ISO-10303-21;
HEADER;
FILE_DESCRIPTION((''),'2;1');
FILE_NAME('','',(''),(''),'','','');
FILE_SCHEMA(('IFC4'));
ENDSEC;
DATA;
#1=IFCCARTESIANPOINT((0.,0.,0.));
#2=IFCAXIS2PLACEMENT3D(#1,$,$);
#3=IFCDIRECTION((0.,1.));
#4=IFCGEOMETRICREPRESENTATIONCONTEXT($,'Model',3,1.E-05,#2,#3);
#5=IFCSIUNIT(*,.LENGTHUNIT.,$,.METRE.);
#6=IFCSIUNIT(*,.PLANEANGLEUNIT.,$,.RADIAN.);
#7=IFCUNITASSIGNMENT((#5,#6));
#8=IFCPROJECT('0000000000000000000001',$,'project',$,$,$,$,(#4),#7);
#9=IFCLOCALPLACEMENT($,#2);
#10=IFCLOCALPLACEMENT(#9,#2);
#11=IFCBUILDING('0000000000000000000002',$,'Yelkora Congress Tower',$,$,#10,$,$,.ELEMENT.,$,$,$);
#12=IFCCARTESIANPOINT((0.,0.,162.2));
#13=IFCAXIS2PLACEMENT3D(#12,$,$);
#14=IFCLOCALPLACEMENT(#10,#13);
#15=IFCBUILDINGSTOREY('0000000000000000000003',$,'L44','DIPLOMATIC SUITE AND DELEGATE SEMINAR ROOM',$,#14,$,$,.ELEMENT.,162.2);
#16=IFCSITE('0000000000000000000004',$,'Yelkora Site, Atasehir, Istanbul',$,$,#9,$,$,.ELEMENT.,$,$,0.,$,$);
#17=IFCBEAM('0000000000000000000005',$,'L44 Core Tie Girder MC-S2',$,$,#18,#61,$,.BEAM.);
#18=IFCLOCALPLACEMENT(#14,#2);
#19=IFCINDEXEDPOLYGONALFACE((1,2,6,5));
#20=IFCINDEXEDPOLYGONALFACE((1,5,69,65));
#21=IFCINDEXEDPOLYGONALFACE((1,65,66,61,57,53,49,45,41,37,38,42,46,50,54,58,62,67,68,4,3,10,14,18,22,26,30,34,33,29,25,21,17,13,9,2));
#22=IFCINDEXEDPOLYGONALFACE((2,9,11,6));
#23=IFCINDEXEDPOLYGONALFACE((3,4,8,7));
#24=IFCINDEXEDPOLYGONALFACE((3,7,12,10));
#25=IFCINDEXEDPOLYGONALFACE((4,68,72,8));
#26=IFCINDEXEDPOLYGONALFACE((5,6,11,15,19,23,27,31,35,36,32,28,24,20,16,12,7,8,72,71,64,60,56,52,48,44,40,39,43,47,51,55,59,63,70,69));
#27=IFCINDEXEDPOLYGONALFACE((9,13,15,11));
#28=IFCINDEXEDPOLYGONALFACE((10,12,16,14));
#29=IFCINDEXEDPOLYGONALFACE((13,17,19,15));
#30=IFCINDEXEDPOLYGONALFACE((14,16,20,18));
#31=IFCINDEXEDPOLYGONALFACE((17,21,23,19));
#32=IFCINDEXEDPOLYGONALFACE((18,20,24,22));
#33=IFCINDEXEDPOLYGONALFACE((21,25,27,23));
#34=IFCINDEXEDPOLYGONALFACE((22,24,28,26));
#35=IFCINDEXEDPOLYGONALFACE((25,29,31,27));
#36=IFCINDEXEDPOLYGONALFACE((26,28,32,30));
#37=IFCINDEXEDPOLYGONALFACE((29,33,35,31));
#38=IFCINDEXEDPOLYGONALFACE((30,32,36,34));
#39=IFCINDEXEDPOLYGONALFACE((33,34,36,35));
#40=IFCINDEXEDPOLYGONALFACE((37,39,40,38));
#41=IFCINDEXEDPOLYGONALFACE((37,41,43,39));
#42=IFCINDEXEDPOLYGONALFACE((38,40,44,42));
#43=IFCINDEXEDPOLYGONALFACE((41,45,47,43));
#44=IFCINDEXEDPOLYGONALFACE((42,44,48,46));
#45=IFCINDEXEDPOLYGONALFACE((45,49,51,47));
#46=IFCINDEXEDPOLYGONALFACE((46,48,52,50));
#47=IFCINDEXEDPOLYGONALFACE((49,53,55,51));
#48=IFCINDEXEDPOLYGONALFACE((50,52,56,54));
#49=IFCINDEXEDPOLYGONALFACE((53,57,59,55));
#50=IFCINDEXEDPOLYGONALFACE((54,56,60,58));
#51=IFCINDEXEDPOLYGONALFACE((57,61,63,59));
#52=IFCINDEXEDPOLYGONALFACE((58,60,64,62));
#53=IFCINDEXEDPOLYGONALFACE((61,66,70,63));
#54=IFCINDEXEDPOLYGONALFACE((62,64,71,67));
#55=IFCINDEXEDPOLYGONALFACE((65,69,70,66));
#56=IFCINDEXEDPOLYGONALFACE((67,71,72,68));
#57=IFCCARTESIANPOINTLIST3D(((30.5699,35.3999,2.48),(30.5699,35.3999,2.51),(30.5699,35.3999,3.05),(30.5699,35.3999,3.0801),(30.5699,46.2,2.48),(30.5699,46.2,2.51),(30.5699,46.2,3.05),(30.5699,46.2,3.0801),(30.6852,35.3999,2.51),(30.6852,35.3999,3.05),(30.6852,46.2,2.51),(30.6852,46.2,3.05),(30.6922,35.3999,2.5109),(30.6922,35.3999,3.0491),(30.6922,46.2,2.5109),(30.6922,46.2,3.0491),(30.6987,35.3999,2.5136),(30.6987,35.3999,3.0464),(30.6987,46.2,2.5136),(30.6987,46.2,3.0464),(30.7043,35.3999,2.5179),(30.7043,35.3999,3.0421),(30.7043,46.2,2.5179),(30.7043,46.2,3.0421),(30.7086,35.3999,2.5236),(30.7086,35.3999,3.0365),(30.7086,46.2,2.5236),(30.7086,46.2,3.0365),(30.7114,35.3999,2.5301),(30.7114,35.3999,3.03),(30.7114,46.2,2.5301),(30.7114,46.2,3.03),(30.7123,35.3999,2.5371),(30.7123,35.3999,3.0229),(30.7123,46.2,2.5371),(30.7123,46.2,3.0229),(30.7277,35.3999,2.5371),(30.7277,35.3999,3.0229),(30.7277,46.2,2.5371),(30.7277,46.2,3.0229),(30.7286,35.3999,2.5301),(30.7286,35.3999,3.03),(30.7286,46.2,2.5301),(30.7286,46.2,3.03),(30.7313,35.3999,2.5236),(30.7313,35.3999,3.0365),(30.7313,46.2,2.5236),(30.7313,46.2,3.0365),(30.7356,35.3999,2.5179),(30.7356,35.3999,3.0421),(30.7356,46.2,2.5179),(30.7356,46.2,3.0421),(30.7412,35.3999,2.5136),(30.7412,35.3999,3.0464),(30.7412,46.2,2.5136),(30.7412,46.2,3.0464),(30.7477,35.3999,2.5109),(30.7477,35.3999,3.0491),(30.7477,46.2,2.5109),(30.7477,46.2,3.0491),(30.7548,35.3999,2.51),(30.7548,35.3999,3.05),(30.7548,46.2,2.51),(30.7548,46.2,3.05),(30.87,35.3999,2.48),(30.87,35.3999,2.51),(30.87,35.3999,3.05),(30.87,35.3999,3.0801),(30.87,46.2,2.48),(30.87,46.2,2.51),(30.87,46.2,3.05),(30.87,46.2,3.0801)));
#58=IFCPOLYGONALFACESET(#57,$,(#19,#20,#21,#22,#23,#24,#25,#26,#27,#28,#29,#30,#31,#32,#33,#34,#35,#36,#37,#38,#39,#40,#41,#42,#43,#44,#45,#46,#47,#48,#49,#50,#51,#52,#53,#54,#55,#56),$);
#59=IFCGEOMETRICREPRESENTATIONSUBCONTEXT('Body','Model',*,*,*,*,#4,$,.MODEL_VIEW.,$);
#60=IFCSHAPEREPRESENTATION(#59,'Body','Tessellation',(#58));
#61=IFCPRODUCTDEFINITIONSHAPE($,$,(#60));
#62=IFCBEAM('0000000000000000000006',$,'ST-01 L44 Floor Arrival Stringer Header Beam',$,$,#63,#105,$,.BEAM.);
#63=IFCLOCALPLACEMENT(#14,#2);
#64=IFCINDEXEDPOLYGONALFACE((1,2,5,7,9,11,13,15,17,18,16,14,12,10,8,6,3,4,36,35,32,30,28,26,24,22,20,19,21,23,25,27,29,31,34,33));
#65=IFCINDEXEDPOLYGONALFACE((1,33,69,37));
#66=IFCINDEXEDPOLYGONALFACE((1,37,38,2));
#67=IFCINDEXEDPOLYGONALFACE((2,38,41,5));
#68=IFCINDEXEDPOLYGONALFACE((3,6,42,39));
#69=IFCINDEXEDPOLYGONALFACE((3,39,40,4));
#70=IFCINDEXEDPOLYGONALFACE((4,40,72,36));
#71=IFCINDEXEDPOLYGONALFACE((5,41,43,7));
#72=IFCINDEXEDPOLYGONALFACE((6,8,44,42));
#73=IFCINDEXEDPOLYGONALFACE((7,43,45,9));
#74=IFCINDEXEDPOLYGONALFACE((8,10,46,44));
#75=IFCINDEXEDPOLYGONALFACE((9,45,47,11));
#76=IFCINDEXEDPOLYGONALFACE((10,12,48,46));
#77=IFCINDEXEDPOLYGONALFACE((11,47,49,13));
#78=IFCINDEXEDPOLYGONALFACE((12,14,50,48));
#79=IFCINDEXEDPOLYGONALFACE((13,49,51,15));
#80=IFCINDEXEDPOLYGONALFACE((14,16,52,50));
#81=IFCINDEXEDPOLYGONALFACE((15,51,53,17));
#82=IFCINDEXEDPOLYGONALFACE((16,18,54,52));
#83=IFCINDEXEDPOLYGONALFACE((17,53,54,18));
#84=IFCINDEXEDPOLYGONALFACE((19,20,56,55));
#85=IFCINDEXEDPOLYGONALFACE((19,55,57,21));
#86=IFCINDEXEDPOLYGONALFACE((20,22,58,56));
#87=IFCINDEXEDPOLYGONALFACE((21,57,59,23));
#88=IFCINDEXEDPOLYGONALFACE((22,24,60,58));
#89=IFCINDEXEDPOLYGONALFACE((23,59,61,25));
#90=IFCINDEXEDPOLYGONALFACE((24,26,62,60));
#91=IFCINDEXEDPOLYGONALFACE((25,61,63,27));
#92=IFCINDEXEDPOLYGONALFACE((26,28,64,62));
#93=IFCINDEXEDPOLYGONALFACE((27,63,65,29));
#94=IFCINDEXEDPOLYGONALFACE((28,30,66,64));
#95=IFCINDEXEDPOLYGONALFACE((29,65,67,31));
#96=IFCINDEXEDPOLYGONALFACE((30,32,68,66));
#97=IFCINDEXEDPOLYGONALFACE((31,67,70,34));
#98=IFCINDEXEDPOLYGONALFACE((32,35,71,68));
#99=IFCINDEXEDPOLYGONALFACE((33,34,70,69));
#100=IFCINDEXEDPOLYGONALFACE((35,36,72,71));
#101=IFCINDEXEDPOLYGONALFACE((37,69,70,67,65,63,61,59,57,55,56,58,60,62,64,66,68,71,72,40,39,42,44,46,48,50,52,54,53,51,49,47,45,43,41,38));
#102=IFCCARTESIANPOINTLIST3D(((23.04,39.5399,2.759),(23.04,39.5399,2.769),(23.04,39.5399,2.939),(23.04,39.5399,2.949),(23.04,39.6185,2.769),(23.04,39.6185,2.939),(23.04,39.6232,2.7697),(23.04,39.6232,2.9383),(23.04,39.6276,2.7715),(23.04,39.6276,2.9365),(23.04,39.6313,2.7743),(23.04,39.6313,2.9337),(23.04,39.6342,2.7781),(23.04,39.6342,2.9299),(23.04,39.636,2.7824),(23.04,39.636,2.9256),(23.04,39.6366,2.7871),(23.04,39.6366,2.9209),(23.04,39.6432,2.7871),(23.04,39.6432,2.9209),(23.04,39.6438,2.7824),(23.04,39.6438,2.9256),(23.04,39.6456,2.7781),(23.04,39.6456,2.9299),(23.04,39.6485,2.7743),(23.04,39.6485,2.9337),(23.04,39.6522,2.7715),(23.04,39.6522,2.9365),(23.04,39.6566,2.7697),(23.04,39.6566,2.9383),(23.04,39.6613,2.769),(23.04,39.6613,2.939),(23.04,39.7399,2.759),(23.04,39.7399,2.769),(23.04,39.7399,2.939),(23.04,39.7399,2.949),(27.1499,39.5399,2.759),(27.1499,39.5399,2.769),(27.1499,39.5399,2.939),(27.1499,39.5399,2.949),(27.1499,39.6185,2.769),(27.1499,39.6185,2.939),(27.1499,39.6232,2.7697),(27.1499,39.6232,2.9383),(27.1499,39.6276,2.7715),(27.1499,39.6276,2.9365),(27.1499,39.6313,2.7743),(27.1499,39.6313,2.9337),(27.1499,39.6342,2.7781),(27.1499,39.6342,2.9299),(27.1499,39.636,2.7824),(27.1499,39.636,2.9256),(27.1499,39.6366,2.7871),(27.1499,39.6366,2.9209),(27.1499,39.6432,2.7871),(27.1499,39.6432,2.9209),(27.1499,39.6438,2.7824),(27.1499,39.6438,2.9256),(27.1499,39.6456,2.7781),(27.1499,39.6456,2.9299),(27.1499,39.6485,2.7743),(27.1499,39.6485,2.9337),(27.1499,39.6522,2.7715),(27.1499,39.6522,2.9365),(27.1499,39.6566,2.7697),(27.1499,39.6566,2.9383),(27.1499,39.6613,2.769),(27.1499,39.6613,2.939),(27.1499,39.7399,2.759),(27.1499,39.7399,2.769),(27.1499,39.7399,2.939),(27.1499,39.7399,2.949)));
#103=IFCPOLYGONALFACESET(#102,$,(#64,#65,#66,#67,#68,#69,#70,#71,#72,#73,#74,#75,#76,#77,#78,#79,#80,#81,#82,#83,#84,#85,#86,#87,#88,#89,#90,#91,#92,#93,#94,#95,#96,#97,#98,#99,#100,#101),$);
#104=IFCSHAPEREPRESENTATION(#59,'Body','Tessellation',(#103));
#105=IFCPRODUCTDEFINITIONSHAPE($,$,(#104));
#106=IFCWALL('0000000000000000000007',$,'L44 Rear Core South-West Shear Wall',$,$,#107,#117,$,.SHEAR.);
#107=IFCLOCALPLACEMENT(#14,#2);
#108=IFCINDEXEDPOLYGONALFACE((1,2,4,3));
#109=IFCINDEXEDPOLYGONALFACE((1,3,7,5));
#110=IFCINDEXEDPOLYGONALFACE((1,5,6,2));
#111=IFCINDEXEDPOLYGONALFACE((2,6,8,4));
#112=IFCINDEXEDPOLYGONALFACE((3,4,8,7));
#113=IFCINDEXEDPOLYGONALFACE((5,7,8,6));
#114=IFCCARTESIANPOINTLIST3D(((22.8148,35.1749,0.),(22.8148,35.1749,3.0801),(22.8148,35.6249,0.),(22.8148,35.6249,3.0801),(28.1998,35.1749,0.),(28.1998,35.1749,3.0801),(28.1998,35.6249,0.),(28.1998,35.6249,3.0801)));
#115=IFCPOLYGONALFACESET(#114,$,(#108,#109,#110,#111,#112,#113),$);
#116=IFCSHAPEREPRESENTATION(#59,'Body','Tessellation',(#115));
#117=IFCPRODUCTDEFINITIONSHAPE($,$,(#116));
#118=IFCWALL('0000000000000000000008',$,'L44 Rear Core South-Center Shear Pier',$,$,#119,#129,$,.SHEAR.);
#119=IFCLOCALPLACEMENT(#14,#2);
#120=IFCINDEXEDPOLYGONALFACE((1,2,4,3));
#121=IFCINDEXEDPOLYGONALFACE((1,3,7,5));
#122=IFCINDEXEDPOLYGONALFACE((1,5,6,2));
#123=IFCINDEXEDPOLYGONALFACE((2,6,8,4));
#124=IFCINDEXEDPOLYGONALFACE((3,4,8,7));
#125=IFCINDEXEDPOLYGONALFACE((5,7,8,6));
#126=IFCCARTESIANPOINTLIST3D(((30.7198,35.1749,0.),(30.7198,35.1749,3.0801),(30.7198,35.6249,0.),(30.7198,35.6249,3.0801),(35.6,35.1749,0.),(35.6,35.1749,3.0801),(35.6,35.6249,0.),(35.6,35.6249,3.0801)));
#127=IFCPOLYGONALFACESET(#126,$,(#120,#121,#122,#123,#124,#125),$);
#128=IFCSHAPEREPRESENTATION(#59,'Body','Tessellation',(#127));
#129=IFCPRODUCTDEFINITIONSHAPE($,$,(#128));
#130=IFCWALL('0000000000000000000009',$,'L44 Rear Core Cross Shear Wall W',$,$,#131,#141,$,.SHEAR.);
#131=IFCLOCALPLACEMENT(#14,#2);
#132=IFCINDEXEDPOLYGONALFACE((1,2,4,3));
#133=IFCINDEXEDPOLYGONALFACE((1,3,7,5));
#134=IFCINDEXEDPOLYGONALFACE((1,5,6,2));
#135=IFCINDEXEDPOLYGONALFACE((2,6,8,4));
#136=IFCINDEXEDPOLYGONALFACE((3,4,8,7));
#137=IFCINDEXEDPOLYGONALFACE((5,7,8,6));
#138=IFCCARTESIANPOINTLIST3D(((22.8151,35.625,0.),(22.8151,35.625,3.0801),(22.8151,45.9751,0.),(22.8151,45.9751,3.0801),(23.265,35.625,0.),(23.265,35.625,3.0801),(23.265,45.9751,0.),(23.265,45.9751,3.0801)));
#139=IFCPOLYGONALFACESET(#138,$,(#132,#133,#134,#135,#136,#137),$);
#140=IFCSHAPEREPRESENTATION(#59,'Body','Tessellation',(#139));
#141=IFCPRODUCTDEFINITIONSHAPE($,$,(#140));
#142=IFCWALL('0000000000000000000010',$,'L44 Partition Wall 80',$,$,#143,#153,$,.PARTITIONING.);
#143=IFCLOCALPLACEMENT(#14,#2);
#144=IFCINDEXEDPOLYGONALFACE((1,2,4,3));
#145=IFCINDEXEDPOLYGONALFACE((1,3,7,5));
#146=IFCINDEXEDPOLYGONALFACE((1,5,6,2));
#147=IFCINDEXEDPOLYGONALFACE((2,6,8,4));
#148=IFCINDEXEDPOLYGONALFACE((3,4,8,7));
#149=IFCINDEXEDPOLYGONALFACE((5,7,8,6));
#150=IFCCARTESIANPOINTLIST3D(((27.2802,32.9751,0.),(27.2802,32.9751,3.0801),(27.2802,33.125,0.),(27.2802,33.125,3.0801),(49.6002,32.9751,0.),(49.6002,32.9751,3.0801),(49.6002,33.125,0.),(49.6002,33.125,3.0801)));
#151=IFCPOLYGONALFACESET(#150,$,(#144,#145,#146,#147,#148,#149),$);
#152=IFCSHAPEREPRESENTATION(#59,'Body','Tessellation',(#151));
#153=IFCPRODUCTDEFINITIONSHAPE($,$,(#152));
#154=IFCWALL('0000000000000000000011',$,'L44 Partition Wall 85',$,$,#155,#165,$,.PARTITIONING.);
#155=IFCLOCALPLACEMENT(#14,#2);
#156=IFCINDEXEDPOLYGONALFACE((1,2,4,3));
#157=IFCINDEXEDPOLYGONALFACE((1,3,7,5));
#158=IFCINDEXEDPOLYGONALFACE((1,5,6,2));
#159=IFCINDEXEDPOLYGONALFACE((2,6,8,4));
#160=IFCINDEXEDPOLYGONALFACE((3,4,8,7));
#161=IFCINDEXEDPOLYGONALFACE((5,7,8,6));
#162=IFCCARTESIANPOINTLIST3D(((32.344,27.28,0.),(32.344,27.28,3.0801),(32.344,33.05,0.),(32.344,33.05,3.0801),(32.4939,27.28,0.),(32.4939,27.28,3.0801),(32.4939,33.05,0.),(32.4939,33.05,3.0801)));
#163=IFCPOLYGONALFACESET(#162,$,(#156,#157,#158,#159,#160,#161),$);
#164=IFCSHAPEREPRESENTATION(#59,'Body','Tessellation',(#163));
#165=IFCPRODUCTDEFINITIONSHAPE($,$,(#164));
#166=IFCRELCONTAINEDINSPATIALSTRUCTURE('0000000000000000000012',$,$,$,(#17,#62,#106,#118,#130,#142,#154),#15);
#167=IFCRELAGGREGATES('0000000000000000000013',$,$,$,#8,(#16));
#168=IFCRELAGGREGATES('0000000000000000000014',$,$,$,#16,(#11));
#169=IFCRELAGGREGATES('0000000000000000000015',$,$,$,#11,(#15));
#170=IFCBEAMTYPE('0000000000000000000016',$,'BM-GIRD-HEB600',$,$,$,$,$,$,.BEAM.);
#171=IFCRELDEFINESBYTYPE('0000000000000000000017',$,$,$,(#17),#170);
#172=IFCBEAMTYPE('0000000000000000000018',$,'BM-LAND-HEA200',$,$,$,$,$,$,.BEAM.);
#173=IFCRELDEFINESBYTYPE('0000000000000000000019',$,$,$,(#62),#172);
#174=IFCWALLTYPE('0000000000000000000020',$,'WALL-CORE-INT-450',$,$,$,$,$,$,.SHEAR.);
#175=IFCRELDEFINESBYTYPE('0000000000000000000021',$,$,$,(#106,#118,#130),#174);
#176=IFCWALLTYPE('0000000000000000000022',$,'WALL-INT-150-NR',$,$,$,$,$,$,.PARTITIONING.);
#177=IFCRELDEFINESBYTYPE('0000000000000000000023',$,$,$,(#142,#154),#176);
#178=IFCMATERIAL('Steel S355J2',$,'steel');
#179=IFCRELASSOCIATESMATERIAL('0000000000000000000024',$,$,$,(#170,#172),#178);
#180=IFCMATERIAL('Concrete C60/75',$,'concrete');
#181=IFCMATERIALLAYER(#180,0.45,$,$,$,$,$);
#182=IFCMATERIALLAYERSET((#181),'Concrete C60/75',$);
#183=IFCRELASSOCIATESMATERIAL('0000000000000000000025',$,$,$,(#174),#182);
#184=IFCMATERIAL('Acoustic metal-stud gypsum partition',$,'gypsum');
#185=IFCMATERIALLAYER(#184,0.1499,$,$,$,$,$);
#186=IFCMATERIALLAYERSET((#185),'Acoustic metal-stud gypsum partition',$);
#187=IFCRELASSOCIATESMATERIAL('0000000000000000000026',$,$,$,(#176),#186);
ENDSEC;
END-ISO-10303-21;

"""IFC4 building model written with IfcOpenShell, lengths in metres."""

from ifc_helpers import new_model, si_unit, direction, frame, frame_2d, origin, origin_2d, place, context, subcontext, project, spatial, rectangle, i_section, extrude, material, layer, layer_set, material_profile, profile_set, type_object, element, save


model = new_model("IFC4")

# Units and contexts
model_context = context("Model", 3, precision=1e-05, world=origin(), true_north=direction((0.0, 1.0)))
body_context = subcontext(model_context, "Body", "Model", "MODEL_VIEW")
ifc_project = project(units=[si_unit("LENGTHUNIT", "METRE"), si_unit("PLANEANGLEUNIT", "RADIAN")], contexts=[model_context])

# Site, building, storey
site_placement = place(None, origin())
site = spatial("IfcSite", under=ifc_project, at=site_placement, Name="Yelkora Site, Atasehir, Istanbul", CompositionType="ELEMENT", RefElevation=0.0)
building_placement = place(site_placement, origin())
building = spatial("IfcBuilding", under=site, at=building_placement, Name="Yelkora Congress Tower", CompositionType="ELEMENT")
storey_placement = place(building_placement, frame((0.0, 0.0, 162.2)))
storey = spatial("IfcBuildingStorey", under=building, at=storey_placement, Name="L44", Description="DIPLOMATIC SUITE AND DELEGATE SEMINAR ROOM", CompositionType="ELEMENT", Elevation=162.2)

# Beams
ifc_material_1 = material(Name="Steel S355J2", Category="steel")
ifc_material_profile_1 = material_profile(ifc_material_1, i_section(OverallWidth=0.3, OverallDepth=0.6001, WebThickness=0.0154, FlangeThickness=0.03, FilletRadius=0.0271, at=origin_2d()), Name="HEB 600")
ifc_profile_set_1 = profile_set([ifc_material_profile_1], Name="Steel S355J2")
beam_type_1 = type_object("IfcBeamType", Name="BM-GIRD-HEB600", PredefinedType="BEAM", material=ifc_profile_set_1)
beam_1_placement = place(storey_placement, frame((30.72, 35.3999, 2.78), z_axis=(0.0, 1.0, 0.0), x_axis=(-1.0, 0.0, 0.0)))
element("IfcBeam", 1, at=beam_1_placement, inside=storey, type_object=beam_type_1, Name="L44 Core Tie Girder MC-S2", PredefinedType="BEAM", context=body_context, shape_type="SweptSolid", body=[
    extrude(i_section(OverallWidth=0.3, OverallDepth=0.6001, WebThickness=0.0154, FlangeThickness=0.03, FilletRadius=0.0271, at=origin_2d()), origin(), (0.0, 0.0, 1.0), 10.8),
])
ifc_material_profile_2 = material_profile(ifc_material_1, i_section(OverallWidth=0.2, OverallDepth=0.1899, WebThickness=0.0066, FlangeThickness=0.01, FilletRadius=0.0181, at=origin_2d()), Name="HEA 200")
ifc_profile_set_2 = profile_set([ifc_material_profile_2], Name="Steel S355J2")
beam_type_2 = type_object("IfcBeamType", Name="BM-LAND-HEA200", PredefinedType="BEAM", material=ifc_profile_set_2)
beam_2_placement = place(storey_placement, frame((23.04, 39.6399, 2.854), z_axis=(1.0, 0.0, 0.0), x_axis=(0.0, 1.0, 0.0)))
element("IfcBeam", 2, at=beam_2_placement, inside=storey, type_object=beam_type_2, Name="ST-01 L44 Floor Arrival Stringer Header Beam", PredefinedType="BEAM", context=body_context, shape_type="SweptSolid", body=[
    extrude(i_section(OverallWidth=0.2, OverallDepth=0.1899, WebThickness=0.0066, FlangeThickness=0.01, FilletRadius=0.0181, at=origin_2d()), origin(), (0.0, 0.0, 1.0), 4.1099),
])

# Walls
ifc_material_2 = material(Name="Concrete C60/75", Category="concrete")
ifc_layer_1 = layer(ifc_material_2, 0.45)
ifc_layer_set_1 = layer_set([ifc_layer_1], Name="Concrete C60/75")
wall_type_1 = type_object("IfcWallType", Name="WALL-CORE-INT-450", PredefinedType="SHEAR", material=ifc_layer_set_1)
wall_1_placement = place(storey_placement, frame((22.8149, 35.3999, 0.0), z_axis=(0.0, 0.0, 1.0), x_axis=(1.0, 0.0, 0.0)))
element("IfcWall", 3, at=wall_1_placement, inside=storey, type_object=wall_type_1, Name="L44 Rear Core South-West Shear Wall", PredefinedType="SHEAR", context=body_context, shape_type="SweptSolid", body=[
    extrude(rectangle(XDim=5.385, YDim=0.45, at=frame_2d((2.6924, 0.0))), origin(), (0.0, 0.0, 1.0), 3.0801),
])
wall_2_placement = place(storey_placement, frame((30.72, 35.3999, 0.0), z_axis=(0.0, 0.0, 1.0), x_axis=(1.0, 0.0, 0.0)))
element("IfcWall", 4, at=wall_2_placement, inside=storey, type_object=wall_type_1, Name="L44 Rear Core South-Center Shear Pier", PredefinedType="SHEAR", context=body_context, shape_type="SweptSolid", body=[
    extrude(rectangle(XDim=4.8801, YDim=0.45, at=frame_2d((2.4399, 0.0))), origin(), (0.0, 0.0, 1.0), 3.0801),
])
wall_3_placement = place(storey_placement, frame((23.04, 35.625, 0.0), z_axis=(0.0, 0.0, 1.0), x_axis=(0.0, 1.0, 0.0)))
element("IfcWall", 5, at=wall_3_placement, inside=storey, type_object=wall_type_1, Name="L44 Rear Core Cross Shear Wall W", PredefinedType="SHEAR", context=body_context, shape_type="SweptSolid", body=[
    extrude(rectangle(XDim=10.3501, YDim=0.45, at=frame_2d((5.175, 0.0))), origin(), (0.0, 0.0, 1.0), 3.0801),
])

# Walls
ifc_material_3 = material(Name="Acoustic metal-stud gypsum partition", Category="gypsum")
ifc_layer_2 = layer(ifc_material_3, 0.1499)
ifc_layer_set_2 = layer_set([ifc_layer_2], Name="Acoustic metal-stud gypsum partition")
wall_type_2 = type_object("IfcWallType", Name="WALL-INT-150-NR", PredefinedType="PARTITIONING", material=ifc_layer_set_2)
wall_4_placement = place(storey_placement, frame((27.28, 33.05, 0.0), z_axis=(0.0, 0.0, 1.0), x_axis=(1.0, 0.0, 0.0)))
element("IfcWall", 6, at=wall_4_placement, inside=storey, type_object=wall_type_2, Name="L44 Partition Wall 80", PredefinedType="PARTITIONING", context=body_context, shape_type="SweptSolid", body=[
    extrude(rectangle(XDim=22.3201, YDim=0.1499, at=frame_2d((11.1602, 0.0))), origin(), (0.0, 0.0, 1.0), 3.0801),
])
wall_5_placement = place(storey_placement, frame((32.4189, 27.28, 0.0), z_axis=(0.0, 0.0, 1.0), x_axis=(0.0, 1.0, 0.0)))
element("IfcWall", 7, at=wall_5_placement, inside=storey, type_object=wall_type_2, Name="L44 Partition Wall 85", PredefinedType="PARTITIONING", context=body_context, shape_type="SweptSolid", body=[
    extrude(rectangle(XDim=5.77, YDim=0.1499, at=frame_2d((2.885, 0.0))), origin(), (0.0, 0.0, 1.0), 3.0801),
])

save(model, "model.ifc")
